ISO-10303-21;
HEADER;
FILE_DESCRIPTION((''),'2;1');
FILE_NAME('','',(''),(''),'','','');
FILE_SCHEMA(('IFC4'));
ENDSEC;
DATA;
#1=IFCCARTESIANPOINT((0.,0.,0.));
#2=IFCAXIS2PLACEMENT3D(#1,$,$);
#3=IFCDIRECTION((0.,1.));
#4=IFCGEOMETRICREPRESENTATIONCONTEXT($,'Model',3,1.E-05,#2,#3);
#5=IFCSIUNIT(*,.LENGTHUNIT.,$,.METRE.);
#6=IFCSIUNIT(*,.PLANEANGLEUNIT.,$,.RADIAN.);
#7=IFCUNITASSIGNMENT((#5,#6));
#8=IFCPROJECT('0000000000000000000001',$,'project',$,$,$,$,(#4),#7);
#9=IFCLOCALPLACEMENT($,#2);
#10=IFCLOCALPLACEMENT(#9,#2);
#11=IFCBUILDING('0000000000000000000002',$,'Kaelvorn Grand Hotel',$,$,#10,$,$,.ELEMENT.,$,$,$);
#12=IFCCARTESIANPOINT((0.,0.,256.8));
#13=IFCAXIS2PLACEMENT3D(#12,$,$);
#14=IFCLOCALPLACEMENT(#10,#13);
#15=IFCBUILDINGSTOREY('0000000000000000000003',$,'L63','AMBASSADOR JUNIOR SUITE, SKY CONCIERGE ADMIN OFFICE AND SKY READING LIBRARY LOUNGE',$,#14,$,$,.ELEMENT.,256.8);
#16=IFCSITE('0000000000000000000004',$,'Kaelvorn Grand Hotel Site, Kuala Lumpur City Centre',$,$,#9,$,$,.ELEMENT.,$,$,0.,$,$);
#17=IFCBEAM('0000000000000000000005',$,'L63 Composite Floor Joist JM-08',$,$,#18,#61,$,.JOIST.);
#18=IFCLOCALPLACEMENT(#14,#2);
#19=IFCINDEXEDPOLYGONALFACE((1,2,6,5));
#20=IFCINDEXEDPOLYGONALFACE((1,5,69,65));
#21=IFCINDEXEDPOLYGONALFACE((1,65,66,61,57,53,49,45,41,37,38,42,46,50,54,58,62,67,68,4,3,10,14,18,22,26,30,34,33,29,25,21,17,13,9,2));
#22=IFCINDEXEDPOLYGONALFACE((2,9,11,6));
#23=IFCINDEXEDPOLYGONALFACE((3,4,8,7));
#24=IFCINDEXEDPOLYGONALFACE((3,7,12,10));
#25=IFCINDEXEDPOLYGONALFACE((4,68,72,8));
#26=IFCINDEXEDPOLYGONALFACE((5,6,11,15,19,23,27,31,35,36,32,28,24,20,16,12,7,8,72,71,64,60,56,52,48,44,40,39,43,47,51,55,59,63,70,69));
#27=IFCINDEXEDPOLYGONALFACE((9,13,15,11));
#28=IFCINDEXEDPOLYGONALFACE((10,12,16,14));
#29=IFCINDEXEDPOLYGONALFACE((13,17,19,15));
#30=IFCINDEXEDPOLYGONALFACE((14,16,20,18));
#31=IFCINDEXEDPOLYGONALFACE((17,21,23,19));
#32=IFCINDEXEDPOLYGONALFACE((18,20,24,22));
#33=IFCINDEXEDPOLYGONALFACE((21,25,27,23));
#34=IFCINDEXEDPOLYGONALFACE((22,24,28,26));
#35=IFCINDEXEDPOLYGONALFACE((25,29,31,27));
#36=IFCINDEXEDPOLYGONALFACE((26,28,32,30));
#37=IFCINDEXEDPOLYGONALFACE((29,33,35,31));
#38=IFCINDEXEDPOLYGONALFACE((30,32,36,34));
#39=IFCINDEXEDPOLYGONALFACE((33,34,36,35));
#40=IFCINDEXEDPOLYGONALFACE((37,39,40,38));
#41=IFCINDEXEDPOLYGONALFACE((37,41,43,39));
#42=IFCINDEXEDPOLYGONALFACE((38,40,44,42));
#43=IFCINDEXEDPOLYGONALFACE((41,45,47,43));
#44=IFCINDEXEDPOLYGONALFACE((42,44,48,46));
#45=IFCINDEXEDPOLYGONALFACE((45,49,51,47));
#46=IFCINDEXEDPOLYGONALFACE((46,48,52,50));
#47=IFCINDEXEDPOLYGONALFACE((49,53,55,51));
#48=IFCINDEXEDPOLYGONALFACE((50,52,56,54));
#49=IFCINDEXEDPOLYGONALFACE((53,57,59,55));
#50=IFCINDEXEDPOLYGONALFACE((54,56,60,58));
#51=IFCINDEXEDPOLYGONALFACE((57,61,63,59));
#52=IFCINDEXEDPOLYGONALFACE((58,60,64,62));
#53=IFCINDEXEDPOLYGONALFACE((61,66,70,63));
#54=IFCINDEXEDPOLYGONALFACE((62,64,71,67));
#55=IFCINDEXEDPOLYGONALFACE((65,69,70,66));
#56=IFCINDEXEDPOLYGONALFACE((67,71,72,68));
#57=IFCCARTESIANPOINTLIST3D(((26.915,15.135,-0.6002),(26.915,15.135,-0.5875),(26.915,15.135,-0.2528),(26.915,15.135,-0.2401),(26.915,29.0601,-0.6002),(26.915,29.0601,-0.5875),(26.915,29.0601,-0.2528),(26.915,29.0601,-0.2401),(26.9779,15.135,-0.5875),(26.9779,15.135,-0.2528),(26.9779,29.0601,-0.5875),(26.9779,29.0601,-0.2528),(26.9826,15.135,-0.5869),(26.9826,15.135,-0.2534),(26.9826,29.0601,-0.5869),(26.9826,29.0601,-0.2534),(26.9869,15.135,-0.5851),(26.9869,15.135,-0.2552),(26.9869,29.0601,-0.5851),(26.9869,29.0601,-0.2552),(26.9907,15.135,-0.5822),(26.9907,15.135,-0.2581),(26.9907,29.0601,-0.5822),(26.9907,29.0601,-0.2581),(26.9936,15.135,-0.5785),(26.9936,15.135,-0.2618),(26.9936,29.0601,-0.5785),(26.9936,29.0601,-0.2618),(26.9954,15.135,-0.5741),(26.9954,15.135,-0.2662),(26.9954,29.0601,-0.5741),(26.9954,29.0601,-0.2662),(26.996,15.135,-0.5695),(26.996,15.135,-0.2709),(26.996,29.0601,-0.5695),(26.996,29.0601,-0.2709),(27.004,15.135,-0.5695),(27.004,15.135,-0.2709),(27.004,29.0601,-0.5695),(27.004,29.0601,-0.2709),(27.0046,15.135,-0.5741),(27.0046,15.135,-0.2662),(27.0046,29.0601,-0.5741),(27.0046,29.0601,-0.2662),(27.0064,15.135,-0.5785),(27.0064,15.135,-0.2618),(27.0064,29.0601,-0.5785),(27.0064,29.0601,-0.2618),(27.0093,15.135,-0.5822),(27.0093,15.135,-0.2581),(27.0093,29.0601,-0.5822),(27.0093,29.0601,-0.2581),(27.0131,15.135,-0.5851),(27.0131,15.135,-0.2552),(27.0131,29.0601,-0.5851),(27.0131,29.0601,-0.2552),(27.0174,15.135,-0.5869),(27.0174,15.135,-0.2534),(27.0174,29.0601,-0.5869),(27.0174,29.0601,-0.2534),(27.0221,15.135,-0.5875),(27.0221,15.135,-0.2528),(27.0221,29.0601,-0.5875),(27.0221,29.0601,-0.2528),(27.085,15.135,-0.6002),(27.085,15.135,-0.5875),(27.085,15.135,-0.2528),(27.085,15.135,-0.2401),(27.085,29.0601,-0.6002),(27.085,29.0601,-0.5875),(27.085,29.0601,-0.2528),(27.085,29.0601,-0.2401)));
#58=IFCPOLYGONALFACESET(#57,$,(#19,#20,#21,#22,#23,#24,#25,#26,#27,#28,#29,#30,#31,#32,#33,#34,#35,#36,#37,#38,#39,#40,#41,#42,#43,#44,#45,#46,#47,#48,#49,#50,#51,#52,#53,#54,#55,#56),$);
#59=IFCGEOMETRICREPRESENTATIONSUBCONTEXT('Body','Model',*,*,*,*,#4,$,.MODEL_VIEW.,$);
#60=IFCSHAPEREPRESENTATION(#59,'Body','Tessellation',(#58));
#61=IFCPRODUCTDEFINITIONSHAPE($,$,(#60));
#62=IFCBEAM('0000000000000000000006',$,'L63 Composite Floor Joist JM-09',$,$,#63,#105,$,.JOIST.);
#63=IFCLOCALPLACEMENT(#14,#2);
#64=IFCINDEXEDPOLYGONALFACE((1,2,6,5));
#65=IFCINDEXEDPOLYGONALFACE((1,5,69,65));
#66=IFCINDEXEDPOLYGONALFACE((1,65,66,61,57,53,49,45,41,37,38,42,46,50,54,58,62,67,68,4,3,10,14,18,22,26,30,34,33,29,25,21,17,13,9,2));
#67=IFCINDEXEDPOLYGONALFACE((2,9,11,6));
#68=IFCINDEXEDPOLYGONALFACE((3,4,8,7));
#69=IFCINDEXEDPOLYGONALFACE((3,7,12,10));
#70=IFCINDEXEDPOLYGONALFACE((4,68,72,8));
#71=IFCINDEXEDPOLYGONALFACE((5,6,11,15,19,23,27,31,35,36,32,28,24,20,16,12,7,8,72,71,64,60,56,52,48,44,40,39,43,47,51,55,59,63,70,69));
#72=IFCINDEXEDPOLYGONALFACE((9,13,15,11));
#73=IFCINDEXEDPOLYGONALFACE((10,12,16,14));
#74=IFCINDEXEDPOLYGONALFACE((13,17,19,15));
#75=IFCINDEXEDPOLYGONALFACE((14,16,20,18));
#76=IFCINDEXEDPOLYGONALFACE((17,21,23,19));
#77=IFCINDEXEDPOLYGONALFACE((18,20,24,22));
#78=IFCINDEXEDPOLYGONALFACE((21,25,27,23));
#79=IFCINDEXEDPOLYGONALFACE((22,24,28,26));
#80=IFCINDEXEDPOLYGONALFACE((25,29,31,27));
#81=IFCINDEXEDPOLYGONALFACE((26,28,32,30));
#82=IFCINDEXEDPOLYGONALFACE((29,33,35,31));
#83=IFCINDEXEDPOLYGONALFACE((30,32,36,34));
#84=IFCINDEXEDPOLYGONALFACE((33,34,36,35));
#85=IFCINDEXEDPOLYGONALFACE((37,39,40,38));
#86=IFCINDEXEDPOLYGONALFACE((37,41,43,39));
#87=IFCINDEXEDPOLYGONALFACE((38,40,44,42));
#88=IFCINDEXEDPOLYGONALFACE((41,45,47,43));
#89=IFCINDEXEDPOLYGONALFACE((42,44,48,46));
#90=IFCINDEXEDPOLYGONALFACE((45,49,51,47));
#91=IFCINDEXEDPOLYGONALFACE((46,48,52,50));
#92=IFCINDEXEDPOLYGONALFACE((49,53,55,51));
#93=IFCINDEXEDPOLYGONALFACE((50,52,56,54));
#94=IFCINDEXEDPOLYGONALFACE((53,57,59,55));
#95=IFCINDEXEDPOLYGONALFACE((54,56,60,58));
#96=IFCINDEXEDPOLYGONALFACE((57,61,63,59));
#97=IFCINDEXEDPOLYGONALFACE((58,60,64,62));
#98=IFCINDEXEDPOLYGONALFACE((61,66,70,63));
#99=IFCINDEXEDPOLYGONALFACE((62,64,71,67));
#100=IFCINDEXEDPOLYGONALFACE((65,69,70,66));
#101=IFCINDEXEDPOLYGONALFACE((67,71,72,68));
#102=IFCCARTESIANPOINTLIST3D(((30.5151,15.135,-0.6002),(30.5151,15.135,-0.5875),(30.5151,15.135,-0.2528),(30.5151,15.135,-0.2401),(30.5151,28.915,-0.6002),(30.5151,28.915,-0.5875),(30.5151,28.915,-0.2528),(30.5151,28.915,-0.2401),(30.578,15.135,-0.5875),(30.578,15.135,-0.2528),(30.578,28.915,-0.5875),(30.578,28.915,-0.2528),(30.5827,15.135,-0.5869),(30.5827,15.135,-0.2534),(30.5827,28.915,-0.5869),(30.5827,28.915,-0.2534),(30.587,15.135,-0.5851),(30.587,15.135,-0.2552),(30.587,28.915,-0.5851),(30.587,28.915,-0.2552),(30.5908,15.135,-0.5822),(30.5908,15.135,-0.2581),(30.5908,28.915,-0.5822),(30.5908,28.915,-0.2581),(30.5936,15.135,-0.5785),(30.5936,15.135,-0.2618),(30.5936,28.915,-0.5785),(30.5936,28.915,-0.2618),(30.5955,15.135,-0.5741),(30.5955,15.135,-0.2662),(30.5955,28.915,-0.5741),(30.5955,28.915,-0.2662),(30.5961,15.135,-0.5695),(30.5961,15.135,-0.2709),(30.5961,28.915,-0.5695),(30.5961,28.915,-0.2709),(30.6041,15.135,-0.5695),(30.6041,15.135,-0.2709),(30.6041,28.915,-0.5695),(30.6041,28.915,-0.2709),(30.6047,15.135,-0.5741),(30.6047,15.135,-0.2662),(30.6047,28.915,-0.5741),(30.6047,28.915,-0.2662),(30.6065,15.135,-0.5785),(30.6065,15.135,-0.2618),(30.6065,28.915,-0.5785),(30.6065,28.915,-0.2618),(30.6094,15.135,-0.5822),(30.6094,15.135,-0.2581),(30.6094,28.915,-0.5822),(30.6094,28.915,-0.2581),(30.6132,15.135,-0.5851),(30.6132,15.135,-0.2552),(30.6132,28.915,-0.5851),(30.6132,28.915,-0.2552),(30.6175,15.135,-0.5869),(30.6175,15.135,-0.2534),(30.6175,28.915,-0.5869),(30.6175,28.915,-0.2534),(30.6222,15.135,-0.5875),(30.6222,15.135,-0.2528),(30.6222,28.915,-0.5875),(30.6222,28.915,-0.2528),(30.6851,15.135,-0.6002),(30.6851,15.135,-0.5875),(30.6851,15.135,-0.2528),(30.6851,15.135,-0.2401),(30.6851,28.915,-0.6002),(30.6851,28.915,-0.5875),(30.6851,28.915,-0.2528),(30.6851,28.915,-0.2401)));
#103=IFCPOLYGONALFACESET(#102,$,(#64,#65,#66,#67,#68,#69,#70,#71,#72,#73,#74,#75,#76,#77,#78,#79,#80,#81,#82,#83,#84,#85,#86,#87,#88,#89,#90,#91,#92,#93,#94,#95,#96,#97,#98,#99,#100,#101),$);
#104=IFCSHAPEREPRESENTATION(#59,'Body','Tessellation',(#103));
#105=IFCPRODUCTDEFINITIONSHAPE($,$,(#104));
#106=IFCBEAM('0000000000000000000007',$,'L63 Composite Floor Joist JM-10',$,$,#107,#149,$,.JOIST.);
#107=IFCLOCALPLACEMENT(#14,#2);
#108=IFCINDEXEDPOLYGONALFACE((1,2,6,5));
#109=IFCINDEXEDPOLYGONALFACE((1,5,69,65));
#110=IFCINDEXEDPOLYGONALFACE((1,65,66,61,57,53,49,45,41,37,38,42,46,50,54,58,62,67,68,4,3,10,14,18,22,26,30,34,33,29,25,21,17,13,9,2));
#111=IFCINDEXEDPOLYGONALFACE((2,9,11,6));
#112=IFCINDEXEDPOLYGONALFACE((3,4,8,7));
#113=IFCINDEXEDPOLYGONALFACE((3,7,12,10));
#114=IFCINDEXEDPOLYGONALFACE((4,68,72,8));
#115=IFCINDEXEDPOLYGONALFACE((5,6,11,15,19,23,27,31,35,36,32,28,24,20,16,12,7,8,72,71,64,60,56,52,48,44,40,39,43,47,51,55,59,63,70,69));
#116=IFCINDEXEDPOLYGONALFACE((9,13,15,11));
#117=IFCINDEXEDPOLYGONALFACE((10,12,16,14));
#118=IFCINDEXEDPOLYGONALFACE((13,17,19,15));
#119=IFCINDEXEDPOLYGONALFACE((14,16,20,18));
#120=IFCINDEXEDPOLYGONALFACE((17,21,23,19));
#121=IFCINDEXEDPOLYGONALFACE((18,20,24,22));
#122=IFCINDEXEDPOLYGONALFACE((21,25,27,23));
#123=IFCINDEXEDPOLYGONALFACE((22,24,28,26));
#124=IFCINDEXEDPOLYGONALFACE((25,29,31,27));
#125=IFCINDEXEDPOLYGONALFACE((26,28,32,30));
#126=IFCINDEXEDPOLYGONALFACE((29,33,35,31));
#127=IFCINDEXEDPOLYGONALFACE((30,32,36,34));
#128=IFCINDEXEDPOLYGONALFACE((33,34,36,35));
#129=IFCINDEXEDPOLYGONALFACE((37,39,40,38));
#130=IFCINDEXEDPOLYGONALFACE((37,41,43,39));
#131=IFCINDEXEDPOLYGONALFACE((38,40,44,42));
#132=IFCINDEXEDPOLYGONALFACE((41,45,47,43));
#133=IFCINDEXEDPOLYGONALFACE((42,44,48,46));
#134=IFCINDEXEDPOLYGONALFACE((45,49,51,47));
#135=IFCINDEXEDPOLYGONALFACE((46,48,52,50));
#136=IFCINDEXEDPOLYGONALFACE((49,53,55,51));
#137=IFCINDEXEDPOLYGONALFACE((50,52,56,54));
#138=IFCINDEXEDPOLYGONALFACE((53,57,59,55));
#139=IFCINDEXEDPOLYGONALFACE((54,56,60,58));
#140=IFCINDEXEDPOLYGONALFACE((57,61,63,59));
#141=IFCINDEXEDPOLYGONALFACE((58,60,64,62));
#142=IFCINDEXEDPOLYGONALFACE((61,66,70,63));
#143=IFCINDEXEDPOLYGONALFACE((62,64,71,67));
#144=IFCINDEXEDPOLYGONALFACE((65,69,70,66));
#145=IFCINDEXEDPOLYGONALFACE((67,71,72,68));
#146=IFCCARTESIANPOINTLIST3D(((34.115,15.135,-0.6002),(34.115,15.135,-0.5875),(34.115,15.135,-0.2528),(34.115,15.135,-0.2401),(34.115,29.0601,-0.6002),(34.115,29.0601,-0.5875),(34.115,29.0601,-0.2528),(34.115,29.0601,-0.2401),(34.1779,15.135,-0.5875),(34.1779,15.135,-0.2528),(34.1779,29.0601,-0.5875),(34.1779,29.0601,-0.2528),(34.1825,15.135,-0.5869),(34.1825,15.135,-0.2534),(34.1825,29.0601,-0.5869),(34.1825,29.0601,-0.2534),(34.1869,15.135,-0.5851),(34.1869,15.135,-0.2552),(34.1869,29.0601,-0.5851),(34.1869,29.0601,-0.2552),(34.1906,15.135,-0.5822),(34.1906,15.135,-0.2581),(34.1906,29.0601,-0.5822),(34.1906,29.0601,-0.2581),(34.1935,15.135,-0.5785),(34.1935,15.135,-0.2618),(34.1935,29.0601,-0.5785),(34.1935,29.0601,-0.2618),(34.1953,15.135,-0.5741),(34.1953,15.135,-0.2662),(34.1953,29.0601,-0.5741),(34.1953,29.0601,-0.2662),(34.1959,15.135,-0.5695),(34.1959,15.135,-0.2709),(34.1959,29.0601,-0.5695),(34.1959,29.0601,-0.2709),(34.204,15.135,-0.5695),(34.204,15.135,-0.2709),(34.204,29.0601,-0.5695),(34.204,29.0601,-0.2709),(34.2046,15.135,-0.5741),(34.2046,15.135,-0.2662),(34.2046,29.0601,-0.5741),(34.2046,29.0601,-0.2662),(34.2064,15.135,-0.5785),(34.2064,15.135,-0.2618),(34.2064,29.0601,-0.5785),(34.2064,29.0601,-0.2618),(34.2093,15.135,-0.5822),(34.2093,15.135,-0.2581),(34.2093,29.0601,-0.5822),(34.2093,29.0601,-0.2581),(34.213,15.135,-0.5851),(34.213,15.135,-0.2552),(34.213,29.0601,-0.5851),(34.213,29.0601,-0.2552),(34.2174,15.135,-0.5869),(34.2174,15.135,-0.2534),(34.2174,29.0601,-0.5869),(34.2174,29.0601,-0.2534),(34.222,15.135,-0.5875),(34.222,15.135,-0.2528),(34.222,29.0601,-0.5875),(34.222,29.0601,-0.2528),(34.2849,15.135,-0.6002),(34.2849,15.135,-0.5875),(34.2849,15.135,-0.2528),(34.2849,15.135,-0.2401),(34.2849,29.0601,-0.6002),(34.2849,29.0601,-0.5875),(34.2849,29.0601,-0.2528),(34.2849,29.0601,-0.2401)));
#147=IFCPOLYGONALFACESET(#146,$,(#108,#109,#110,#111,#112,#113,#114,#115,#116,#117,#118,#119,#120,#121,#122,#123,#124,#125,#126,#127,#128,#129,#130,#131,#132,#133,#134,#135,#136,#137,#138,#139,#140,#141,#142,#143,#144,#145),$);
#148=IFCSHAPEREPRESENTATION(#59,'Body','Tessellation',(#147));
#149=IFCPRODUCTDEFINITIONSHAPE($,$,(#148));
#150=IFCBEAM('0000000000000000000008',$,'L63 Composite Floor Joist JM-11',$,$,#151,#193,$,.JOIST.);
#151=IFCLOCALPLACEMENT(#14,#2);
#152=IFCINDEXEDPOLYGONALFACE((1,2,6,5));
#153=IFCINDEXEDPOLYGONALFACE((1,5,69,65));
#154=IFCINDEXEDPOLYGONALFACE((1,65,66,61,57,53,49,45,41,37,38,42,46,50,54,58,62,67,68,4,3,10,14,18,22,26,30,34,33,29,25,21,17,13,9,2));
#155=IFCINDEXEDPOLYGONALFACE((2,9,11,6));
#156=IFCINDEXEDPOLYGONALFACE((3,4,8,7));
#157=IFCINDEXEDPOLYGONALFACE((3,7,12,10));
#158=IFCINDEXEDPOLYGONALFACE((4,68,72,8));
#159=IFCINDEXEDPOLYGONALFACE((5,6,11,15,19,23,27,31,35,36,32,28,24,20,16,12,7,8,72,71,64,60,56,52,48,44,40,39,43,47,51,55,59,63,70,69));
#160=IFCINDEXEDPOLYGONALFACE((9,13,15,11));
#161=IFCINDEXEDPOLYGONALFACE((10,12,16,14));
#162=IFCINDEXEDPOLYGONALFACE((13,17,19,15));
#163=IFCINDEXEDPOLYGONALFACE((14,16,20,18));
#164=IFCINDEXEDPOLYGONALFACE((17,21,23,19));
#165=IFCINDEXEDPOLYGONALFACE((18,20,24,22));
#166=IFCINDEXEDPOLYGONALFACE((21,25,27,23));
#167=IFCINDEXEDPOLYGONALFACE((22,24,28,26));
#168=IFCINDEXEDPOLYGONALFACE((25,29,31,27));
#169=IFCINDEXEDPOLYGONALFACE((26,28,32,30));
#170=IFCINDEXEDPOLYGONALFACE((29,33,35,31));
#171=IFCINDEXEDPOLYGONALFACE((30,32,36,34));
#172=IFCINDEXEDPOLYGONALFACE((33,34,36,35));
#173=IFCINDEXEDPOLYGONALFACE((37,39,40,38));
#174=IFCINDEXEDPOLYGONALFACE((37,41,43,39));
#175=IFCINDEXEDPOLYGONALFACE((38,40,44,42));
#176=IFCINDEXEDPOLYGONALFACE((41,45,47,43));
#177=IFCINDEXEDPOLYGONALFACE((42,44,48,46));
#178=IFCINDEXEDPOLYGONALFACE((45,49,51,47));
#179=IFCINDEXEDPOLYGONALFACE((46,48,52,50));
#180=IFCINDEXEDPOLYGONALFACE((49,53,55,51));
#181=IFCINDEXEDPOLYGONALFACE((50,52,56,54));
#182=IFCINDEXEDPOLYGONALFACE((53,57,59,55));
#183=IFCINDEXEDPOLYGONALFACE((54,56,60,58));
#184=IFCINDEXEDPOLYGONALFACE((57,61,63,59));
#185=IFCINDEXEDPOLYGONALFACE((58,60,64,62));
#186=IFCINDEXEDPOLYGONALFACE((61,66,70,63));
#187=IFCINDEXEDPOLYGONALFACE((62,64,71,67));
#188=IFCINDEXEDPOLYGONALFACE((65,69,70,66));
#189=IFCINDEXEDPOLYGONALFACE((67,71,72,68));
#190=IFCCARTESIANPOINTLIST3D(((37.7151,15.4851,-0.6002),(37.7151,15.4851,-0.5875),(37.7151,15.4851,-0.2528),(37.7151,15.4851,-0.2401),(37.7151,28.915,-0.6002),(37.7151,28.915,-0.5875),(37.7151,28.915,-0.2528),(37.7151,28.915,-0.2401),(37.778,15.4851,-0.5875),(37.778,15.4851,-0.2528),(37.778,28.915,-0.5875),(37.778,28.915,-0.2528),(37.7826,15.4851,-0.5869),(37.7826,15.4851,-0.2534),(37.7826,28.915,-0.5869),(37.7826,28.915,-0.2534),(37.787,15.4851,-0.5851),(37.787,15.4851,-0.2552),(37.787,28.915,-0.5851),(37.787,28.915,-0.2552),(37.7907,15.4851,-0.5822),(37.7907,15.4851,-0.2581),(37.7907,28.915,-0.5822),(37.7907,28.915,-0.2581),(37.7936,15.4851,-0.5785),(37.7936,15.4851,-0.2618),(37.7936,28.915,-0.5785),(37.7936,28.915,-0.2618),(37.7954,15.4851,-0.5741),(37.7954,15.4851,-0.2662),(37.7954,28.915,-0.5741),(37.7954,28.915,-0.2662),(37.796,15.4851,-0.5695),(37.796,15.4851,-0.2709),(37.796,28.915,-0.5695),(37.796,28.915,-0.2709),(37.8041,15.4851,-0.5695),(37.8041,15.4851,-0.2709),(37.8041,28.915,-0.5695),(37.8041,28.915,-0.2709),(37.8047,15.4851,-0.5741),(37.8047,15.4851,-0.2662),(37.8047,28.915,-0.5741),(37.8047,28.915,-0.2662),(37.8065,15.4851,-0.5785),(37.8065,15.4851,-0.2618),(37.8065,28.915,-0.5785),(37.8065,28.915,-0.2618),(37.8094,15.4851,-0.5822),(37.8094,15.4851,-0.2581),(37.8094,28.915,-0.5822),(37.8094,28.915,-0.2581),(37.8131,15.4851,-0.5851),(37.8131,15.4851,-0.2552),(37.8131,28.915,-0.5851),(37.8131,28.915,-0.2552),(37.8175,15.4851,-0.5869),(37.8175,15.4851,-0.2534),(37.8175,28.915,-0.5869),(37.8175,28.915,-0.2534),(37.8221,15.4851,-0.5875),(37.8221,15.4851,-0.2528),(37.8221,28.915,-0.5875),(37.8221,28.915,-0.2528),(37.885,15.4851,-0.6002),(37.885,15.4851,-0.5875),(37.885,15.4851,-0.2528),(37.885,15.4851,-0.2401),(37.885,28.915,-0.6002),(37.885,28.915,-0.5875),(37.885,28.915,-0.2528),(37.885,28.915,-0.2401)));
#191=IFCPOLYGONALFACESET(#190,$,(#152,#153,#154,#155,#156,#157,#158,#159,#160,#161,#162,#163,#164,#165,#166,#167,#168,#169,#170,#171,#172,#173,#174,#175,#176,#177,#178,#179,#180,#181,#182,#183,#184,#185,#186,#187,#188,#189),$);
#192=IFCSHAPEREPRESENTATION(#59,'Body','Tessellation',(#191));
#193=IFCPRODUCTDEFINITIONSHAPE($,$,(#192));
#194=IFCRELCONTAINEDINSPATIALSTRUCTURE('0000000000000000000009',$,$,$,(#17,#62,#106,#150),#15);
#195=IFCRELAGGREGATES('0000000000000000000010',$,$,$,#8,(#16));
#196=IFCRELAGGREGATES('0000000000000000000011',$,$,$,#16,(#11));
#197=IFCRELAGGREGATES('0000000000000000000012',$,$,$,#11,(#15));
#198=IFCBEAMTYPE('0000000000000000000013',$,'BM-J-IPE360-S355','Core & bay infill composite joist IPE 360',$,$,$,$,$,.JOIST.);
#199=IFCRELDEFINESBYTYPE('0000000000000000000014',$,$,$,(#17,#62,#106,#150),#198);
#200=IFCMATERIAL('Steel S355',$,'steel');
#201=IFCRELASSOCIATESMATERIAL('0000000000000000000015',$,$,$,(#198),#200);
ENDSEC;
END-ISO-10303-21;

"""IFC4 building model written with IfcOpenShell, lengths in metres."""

from ifc_helpers import new_model, si_unit, direction, frame, origin, origin_2d, place, context, subcontext, project, spatial, i_section, extrude, material, material_profile, profile_set, type_object, element, save


model = new_model("IFC4")

# Units and contexts
model_context = context("Model", 3, precision=1e-05, world=origin(), true_north=direction((0.0, 1.0)))
body_context = subcontext(model_context, "Body", "Model", "MODEL_VIEW")
ifc_project = project(units=[si_unit("LENGTHUNIT", "METRE"), si_unit("PLANEANGLEUNIT", "RADIAN")], contexts=[model_context])

# Site, building, storey
site_placement = place(None, origin())
site = spatial("IfcSite", under=ifc_project, at=site_placement, Name="Kaelvorn Grand Hotel Site, Kuala Lumpur City Centre", CompositionType="ELEMENT", RefElevation=0.0)
building_placement = place(site_placement, origin())
building = spatial("IfcBuilding", under=site, at=building_placement, Name="Kaelvorn Grand Hotel", CompositionType="ELEMENT")
storey_placement = place(building_placement, frame((0.0, 0.0, 256.8)))
storey = spatial("IfcBuildingStorey", under=building, at=storey_placement, Name="L63", Description="AMBASSADOR JUNIOR SUITE, SKY CONCIERGE ADMIN OFFICE AND SKY READING LIBRARY LOUNGE", CompositionType="ELEMENT", Elevation=256.8)

# Beams
ifc_material_1 = material(Name="Steel S355", Category="steel")
ifc_material_profile_1 = material_profile(ifc_material_1, i_section(OverallWidth=0.1699, OverallDepth=0.3601, WebThickness=0.0081, FlangeThickness=0.0127, FilletRadius=0.0181, at=origin_2d()), Name="IPE 360")
ifc_profile_set_1 = profile_set([ifc_material_profile_1], Name="Steel S355")
beam_type_1 = type_object("IfcBeamType", Name="BM-J-IPE360-S355", Description="Core & bay infill composite joist IPE 360", PredefinedType="JOIST", material=ifc_profile_set_1)
beam_1_placement = place(storey_placement, frame((27.0, 15.135, -0.4202), z_axis=(0.0, 1.0, 0.0), x_axis=(-1.0, 0.0, 0.0)))
element("IfcBeam", 1, at=beam_1_placement, inside=storey, type_object=beam_type_1, Name="L63 Composite Floor Joist JM-08", PredefinedType="JOIST", context=body_context, shape_type="SweptSolid", body=[
    extrude(i_section(OverallWidth=0.1699, OverallDepth=0.3601, WebThickness=0.0081, FlangeThickness=0.0127, FilletRadius=0.0181, at=origin_2d()), origin(), (0.0, 0.0, 1.0), 13.925),
])
beam_2_placement = place(storey_placement, frame((30.6001, 15.135, -0.4202), z_axis=(0.0, 1.0, 0.0), x_axis=(-1.0, 0.0, 0.0)))
element("IfcBeam", 2, at=beam_2_placement, inside=storey, type_object=beam_type_1, Name="L63 Composite Floor Joist JM-09", PredefinedType="JOIST", context=body_context, shape_type="SweptSolid", body=[
    extrude(i_section(OverallWidth=0.1699, OverallDepth=0.3601, WebThickness=0.0081, FlangeThickness=0.0127, FilletRadius=0.0181, at=origin_2d()), origin(), (0.0, 0.0, 1.0), 13.78),
])
beam_3_placement = place(storey_placement, frame((34.2, 15.135, -0.4202), z_axis=(0.0, 1.0, 0.0), x_axis=(-1.0, 0.0, 0.0)))
element("IfcBeam", 3, at=beam_3_placement, inside=storey, type_object=beam_type_1, Name="L63 Composite Floor Joist JM-10", PredefinedType="JOIST", context=body_context, shape_type="SweptSolid", body=[
    extrude(i_section(OverallWidth=0.1699, OverallDepth=0.3601, WebThickness=0.0081, FlangeThickness=0.0127, FilletRadius=0.0181, at=origin_2d()), origin(), (0.0, 0.0, 1.0), 13.925),
])
beam_4_placement = place(storey_placement, frame((37.8, 15.4851, -0.4202), z_axis=(0.0, 1.0, 0.0), x_axis=(-1.0, 0.0, 0.0)))
element("IfcBeam", 4, at=beam_4_placement, inside=storey, type_object=beam_type_1, Name="L63 Composite Floor Joist JM-11", PredefinedType="JOIST", context=body_context, shape_type="SweptSolid", body=[
    extrude(i_section(OverallWidth=0.1699, OverallDepth=0.3601, WebThickness=0.0081, FlangeThickness=0.0127, FilletRadius=0.0181, at=origin_2d()), origin(), (0.0, 0.0, 1.0), 13.4299),
])

save(model, "model.ifc")
